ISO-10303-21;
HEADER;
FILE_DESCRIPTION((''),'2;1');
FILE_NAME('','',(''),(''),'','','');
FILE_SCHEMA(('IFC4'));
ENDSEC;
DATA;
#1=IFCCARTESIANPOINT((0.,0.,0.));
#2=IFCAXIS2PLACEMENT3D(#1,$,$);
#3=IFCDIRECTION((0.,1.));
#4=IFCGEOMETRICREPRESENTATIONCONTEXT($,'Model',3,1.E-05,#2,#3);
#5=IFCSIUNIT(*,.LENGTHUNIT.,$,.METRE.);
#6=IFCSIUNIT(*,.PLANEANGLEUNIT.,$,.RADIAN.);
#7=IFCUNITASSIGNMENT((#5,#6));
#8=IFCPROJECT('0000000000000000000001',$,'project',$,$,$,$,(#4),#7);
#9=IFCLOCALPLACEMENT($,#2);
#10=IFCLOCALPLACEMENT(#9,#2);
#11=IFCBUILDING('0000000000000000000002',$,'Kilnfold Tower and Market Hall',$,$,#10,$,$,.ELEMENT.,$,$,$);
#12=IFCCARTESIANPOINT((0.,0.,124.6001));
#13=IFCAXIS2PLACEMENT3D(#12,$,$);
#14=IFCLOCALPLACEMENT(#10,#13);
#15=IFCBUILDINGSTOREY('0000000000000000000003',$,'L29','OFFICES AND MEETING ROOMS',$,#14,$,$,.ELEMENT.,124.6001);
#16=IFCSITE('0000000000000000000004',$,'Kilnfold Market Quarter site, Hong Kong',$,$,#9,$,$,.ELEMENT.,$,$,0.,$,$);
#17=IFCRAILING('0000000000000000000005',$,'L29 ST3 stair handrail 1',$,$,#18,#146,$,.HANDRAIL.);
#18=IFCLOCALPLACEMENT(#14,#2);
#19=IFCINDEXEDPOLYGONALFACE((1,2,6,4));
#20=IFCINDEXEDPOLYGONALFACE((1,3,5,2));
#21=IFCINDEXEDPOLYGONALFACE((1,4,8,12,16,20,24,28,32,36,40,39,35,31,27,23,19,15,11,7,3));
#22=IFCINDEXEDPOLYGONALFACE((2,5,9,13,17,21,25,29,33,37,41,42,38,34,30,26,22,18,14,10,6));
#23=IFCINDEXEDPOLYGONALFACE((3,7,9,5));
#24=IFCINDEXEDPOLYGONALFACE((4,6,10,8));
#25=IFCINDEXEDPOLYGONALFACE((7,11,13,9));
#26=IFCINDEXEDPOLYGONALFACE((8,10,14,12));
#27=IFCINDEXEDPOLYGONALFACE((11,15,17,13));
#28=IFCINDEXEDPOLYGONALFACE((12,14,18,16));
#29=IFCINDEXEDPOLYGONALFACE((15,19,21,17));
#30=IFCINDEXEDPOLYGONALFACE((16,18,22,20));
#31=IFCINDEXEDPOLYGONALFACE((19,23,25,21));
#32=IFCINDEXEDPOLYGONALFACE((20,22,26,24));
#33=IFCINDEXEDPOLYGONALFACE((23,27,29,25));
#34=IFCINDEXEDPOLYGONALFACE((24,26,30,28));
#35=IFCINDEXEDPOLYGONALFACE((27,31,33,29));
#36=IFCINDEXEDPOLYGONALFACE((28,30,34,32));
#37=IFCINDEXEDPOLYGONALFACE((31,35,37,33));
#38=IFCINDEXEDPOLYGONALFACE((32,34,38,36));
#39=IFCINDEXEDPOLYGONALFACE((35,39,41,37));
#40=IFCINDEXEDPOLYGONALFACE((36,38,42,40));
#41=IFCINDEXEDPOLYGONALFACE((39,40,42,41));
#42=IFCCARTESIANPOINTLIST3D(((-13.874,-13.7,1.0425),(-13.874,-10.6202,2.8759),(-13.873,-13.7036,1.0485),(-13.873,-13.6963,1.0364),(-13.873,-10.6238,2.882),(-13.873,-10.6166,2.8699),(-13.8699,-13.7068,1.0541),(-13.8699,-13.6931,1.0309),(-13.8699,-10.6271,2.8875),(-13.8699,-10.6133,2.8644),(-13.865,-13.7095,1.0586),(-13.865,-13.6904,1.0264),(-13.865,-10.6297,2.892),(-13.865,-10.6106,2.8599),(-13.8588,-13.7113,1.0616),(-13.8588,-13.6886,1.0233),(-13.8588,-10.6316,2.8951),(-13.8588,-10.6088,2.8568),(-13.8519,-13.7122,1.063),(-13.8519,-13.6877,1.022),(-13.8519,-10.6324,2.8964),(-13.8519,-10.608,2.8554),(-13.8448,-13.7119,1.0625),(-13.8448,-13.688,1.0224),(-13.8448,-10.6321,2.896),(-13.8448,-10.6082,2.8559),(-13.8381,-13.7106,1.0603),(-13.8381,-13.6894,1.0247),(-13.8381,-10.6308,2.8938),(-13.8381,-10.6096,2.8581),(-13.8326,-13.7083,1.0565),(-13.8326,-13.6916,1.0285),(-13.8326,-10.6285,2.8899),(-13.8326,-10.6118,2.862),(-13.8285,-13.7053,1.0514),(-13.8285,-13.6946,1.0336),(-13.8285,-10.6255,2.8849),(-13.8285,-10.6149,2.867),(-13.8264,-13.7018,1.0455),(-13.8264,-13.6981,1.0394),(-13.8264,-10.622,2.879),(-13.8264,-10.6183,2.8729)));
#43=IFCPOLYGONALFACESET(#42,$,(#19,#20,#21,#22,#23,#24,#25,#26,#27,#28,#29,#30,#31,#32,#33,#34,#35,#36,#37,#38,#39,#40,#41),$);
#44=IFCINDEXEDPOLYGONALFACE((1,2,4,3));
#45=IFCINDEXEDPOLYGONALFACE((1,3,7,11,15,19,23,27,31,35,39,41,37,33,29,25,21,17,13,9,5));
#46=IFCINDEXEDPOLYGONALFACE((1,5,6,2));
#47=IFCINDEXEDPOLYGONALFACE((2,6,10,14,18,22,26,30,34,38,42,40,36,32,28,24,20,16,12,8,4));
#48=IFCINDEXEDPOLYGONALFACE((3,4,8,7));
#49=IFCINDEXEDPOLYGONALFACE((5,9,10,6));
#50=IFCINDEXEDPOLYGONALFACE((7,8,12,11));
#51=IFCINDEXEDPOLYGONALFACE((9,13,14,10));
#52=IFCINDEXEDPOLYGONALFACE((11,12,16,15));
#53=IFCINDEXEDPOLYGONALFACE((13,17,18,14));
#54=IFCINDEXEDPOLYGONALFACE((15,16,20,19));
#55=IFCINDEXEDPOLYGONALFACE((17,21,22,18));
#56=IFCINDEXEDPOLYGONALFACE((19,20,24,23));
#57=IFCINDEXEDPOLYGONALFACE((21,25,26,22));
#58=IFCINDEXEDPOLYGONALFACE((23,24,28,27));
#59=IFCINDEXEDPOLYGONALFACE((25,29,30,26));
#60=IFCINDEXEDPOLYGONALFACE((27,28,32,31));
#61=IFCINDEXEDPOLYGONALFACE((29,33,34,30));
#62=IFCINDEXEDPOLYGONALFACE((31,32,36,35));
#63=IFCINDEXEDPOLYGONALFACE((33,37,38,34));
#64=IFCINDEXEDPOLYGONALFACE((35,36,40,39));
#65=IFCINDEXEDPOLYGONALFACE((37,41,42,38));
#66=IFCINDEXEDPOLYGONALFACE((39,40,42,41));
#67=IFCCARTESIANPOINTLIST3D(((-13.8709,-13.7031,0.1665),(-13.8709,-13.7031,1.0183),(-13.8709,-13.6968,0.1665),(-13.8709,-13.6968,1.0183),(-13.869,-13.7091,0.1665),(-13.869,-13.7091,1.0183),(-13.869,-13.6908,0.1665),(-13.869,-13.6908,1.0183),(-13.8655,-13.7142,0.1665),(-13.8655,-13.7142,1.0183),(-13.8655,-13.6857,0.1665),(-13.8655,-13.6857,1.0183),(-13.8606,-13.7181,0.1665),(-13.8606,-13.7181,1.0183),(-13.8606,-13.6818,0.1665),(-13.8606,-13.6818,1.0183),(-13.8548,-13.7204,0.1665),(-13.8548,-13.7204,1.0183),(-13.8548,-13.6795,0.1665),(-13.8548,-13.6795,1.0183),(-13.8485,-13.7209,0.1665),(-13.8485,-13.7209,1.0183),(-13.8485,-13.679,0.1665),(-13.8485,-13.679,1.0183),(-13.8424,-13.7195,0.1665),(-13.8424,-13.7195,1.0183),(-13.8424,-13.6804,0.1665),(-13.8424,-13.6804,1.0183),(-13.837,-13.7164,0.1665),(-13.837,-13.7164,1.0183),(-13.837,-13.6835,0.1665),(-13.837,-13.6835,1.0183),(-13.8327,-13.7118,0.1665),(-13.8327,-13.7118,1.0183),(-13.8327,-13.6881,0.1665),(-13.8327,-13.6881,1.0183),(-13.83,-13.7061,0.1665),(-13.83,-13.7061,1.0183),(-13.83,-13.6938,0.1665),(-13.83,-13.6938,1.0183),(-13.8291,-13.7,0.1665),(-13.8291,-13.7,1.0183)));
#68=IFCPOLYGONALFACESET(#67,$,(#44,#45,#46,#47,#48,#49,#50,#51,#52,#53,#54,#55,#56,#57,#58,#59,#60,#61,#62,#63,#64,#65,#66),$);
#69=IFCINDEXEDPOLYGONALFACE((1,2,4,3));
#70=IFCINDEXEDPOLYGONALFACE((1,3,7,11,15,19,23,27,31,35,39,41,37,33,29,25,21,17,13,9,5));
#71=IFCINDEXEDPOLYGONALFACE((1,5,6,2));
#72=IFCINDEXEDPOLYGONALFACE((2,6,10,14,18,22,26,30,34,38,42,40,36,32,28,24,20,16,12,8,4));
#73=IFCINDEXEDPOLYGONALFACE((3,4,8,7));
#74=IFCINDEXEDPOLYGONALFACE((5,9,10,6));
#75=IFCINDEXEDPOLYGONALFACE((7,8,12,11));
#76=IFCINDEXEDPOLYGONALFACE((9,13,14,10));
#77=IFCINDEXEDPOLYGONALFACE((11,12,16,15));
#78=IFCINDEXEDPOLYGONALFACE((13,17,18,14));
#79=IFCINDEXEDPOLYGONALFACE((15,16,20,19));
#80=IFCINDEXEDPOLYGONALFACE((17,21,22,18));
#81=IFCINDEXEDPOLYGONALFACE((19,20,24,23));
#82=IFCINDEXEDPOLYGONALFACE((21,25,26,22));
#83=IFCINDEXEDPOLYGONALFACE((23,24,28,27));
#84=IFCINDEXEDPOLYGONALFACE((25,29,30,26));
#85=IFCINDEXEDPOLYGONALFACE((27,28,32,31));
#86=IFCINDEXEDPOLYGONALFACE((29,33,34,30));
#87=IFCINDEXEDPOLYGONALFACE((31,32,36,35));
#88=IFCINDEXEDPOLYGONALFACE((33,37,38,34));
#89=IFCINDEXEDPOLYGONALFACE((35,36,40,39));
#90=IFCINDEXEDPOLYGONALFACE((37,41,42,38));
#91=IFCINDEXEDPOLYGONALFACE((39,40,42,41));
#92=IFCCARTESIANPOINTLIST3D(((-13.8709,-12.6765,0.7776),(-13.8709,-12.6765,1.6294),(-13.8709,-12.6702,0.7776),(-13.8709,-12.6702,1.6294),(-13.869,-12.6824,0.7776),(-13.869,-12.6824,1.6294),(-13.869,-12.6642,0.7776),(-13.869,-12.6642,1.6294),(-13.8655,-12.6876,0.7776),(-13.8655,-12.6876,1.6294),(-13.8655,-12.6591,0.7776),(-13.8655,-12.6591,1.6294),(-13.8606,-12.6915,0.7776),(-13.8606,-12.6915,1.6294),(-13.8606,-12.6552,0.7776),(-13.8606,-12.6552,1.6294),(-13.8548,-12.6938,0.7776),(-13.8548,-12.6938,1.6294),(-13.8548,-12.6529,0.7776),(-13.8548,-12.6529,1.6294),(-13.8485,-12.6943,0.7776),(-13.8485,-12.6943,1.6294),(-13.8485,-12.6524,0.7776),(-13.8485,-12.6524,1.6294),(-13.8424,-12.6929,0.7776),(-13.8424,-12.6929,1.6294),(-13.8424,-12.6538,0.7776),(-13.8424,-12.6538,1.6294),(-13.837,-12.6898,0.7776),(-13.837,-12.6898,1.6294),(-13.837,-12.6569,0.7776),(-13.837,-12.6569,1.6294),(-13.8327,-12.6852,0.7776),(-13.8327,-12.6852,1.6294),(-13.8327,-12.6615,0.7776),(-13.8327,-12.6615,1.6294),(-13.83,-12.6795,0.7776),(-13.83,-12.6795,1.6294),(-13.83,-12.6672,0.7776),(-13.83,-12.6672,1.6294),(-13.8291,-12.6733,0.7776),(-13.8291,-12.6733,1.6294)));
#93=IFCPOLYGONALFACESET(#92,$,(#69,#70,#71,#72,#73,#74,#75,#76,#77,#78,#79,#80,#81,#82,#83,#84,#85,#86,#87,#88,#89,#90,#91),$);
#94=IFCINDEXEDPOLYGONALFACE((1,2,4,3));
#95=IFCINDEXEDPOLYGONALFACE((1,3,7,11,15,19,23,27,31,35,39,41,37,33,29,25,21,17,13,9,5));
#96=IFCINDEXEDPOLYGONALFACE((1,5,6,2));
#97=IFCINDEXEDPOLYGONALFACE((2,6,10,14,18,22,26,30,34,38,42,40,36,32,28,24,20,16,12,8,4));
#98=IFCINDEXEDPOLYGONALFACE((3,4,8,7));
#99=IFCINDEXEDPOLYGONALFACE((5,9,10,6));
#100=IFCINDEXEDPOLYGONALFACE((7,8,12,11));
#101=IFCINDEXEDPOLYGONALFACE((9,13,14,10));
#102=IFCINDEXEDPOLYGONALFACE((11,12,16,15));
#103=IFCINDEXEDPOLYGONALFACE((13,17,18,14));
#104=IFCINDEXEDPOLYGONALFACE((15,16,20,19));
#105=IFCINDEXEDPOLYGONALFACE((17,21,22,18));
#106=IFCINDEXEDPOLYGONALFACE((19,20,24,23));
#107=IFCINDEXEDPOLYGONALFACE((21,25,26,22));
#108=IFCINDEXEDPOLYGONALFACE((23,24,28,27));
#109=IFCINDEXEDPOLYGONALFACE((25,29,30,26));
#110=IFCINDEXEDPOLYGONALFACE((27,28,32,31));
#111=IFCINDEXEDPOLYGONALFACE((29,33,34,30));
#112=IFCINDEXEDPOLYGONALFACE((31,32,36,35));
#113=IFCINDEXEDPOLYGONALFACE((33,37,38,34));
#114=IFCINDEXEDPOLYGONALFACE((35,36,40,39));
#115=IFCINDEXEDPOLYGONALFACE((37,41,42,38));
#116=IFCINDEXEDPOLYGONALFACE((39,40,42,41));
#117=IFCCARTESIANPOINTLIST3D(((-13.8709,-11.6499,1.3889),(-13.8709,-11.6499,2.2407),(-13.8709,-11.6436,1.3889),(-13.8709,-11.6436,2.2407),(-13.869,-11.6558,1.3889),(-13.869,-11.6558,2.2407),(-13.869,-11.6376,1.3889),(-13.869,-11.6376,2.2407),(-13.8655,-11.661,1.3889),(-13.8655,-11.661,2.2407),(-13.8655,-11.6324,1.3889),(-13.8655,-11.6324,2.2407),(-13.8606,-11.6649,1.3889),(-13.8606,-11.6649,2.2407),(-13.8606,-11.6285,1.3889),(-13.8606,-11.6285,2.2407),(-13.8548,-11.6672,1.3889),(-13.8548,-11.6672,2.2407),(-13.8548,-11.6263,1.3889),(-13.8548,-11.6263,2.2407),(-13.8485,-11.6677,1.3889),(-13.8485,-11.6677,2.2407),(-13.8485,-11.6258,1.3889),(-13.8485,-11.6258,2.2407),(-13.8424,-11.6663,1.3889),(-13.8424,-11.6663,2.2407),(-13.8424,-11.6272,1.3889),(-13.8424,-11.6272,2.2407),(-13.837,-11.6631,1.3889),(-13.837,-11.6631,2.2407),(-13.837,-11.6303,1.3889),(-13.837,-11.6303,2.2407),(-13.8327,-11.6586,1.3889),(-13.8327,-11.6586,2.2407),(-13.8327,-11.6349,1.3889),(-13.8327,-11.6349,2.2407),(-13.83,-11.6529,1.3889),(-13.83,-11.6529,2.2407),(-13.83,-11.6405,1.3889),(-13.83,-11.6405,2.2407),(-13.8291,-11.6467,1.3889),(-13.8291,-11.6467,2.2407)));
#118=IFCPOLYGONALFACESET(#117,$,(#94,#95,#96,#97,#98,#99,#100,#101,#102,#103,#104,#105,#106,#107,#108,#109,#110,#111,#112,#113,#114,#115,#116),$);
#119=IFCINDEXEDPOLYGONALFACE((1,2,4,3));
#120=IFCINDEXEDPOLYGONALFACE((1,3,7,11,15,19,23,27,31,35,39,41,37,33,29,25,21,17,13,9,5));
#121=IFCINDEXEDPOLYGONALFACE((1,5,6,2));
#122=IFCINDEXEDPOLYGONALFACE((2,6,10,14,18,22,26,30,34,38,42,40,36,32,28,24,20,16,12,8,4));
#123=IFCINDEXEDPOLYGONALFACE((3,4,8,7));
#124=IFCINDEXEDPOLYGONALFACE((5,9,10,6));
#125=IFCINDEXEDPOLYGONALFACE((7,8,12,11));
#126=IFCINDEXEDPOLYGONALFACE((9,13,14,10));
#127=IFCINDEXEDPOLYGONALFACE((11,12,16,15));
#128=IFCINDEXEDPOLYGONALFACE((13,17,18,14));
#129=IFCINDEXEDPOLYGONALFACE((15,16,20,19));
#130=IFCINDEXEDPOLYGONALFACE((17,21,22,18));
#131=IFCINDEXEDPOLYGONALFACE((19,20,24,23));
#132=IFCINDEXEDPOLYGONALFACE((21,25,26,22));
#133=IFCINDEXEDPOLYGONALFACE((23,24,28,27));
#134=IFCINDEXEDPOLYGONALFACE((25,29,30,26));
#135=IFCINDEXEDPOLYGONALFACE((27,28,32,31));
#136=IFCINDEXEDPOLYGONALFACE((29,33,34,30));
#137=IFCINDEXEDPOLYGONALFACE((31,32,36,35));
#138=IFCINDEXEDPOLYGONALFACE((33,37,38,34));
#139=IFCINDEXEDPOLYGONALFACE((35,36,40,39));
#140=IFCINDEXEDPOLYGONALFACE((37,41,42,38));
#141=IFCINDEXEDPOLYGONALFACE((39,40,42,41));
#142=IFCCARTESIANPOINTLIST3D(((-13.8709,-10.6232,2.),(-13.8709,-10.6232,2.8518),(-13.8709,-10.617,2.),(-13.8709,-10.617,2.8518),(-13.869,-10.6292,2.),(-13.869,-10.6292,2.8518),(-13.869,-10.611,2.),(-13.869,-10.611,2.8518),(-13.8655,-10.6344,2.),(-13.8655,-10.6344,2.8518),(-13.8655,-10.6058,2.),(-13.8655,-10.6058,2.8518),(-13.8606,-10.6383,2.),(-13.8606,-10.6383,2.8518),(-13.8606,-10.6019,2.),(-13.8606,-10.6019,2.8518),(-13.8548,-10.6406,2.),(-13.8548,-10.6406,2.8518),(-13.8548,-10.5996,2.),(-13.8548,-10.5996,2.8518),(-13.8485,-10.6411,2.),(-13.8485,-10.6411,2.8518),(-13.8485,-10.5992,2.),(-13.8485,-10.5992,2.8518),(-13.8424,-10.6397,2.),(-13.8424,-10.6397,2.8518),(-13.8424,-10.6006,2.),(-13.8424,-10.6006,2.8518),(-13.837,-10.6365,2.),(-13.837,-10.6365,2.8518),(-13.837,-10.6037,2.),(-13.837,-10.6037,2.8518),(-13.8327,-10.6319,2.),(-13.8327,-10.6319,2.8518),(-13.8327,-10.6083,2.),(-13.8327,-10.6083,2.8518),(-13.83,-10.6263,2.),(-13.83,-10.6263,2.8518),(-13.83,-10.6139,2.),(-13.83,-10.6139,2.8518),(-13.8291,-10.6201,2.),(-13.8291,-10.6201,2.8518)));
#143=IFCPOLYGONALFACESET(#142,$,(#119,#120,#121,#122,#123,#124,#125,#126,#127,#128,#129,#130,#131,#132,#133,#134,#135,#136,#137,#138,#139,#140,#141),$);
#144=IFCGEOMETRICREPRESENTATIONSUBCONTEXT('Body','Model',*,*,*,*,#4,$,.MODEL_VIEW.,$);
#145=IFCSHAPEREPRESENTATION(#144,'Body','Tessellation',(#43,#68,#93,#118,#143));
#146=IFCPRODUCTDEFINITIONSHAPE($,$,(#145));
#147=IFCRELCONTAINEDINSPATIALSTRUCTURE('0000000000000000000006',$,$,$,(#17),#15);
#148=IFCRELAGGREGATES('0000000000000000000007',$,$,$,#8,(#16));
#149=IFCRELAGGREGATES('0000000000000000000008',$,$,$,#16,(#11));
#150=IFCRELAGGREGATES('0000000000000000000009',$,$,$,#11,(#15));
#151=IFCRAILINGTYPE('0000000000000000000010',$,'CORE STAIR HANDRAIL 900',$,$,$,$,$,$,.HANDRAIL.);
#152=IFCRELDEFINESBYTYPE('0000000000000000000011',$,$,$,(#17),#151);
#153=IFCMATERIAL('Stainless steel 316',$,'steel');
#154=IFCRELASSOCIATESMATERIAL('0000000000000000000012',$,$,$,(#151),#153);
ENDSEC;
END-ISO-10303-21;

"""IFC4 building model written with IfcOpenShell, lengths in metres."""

from ifc_helpers import new_model, si_unit, direction, frame, origin, origin_2d, place, context, subcontext, project, spatial, circle, extrude, material, type_object, element, save


model = new_model("IFC4")

# Units and contexts
model_context = context("Model", 3, precision=1e-05, world=origin(), true_north=direction((0.0, 1.0)))
body_context = subcontext(model_context, "Body", "Model", "MODEL_VIEW")
ifc_project = project(units=[si_unit("LENGTHUNIT", "METRE"), si_unit("PLANEANGLEUNIT", "RADIAN")], contexts=[model_context])

# Site, building, storey
site_placement = place(None, origin())
site = spatial("IfcSite", under=ifc_project, at=site_placement, Name="Kilnfold Market Quarter site, Hong Kong", CompositionType="ELEMENT", RefElevation=0.0)
building_placement = place(site_placement, origin())
building = spatial("IfcBuilding", under=site, at=building_placement, Name="Kilnfold Tower and Market Hall", CompositionType="ELEMENT")
storey_placement = place(building_placement, frame((0.0, 0.0, 124.6001)))
storey = spatial("IfcBuildingStorey", under=building, at=storey_placement, Name="L29", Description="OFFICES AND MEETING ROOMS", CompositionType="ELEMENT", Elevation=124.6001)

# Railing
ifc_material_1 = material(Name="Stainless steel 316", Category="steel")
railing_type_1 = type_object("IfcRailingType", Name="CORE STAIR HANDRAIL 900", PredefinedType="HANDRAIL", material=ifc_material_1)
railing_1_placement = place(storey_placement, frame((-13.8501, -13.7, 0.1665)))
element("IfcRailing", 1, at=railing_1_placement, inside=storey, type_object=railing_type_1, Name="L29 ST3 stair handrail 1", PredefinedType="HANDRAIL", context=body_context, shape_type="SweptSolid", body=[
    extrude(circle(Radius=0.0239, at=origin_2d()), frame((0.0, 0.0, 0.876), z_axis=(0.0, 0.859261, 0.511538), x_axis=(-1.0, 0.0, 0.0)), (0.0, 0.0, 1.0), 3.5842),
    extrude(circle(Radius=0.021, at=origin_2d()), origin(), (0.0, 0.0, 1.0), 0.8518),
    extrude(circle(Radius=0.021, at=origin_2d()), frame((0.0, 1.0266, 0.6111)), (0.0, 0.0, 1.0), 0.8518),
    extrude(circle(Radius=0.021, at=origin_2d()), frame((0.0, 2.0532, 1.2224)), (0.0, 0.0, 1.0), 0.8518),
    extrude(circle(Radius=0.021, at=origin_2d()), frame((0.0, 3.0798, 1.8335)), (0.0, 0.0, 1.0), 0.8518),
])

save(model, "model.ifc")
